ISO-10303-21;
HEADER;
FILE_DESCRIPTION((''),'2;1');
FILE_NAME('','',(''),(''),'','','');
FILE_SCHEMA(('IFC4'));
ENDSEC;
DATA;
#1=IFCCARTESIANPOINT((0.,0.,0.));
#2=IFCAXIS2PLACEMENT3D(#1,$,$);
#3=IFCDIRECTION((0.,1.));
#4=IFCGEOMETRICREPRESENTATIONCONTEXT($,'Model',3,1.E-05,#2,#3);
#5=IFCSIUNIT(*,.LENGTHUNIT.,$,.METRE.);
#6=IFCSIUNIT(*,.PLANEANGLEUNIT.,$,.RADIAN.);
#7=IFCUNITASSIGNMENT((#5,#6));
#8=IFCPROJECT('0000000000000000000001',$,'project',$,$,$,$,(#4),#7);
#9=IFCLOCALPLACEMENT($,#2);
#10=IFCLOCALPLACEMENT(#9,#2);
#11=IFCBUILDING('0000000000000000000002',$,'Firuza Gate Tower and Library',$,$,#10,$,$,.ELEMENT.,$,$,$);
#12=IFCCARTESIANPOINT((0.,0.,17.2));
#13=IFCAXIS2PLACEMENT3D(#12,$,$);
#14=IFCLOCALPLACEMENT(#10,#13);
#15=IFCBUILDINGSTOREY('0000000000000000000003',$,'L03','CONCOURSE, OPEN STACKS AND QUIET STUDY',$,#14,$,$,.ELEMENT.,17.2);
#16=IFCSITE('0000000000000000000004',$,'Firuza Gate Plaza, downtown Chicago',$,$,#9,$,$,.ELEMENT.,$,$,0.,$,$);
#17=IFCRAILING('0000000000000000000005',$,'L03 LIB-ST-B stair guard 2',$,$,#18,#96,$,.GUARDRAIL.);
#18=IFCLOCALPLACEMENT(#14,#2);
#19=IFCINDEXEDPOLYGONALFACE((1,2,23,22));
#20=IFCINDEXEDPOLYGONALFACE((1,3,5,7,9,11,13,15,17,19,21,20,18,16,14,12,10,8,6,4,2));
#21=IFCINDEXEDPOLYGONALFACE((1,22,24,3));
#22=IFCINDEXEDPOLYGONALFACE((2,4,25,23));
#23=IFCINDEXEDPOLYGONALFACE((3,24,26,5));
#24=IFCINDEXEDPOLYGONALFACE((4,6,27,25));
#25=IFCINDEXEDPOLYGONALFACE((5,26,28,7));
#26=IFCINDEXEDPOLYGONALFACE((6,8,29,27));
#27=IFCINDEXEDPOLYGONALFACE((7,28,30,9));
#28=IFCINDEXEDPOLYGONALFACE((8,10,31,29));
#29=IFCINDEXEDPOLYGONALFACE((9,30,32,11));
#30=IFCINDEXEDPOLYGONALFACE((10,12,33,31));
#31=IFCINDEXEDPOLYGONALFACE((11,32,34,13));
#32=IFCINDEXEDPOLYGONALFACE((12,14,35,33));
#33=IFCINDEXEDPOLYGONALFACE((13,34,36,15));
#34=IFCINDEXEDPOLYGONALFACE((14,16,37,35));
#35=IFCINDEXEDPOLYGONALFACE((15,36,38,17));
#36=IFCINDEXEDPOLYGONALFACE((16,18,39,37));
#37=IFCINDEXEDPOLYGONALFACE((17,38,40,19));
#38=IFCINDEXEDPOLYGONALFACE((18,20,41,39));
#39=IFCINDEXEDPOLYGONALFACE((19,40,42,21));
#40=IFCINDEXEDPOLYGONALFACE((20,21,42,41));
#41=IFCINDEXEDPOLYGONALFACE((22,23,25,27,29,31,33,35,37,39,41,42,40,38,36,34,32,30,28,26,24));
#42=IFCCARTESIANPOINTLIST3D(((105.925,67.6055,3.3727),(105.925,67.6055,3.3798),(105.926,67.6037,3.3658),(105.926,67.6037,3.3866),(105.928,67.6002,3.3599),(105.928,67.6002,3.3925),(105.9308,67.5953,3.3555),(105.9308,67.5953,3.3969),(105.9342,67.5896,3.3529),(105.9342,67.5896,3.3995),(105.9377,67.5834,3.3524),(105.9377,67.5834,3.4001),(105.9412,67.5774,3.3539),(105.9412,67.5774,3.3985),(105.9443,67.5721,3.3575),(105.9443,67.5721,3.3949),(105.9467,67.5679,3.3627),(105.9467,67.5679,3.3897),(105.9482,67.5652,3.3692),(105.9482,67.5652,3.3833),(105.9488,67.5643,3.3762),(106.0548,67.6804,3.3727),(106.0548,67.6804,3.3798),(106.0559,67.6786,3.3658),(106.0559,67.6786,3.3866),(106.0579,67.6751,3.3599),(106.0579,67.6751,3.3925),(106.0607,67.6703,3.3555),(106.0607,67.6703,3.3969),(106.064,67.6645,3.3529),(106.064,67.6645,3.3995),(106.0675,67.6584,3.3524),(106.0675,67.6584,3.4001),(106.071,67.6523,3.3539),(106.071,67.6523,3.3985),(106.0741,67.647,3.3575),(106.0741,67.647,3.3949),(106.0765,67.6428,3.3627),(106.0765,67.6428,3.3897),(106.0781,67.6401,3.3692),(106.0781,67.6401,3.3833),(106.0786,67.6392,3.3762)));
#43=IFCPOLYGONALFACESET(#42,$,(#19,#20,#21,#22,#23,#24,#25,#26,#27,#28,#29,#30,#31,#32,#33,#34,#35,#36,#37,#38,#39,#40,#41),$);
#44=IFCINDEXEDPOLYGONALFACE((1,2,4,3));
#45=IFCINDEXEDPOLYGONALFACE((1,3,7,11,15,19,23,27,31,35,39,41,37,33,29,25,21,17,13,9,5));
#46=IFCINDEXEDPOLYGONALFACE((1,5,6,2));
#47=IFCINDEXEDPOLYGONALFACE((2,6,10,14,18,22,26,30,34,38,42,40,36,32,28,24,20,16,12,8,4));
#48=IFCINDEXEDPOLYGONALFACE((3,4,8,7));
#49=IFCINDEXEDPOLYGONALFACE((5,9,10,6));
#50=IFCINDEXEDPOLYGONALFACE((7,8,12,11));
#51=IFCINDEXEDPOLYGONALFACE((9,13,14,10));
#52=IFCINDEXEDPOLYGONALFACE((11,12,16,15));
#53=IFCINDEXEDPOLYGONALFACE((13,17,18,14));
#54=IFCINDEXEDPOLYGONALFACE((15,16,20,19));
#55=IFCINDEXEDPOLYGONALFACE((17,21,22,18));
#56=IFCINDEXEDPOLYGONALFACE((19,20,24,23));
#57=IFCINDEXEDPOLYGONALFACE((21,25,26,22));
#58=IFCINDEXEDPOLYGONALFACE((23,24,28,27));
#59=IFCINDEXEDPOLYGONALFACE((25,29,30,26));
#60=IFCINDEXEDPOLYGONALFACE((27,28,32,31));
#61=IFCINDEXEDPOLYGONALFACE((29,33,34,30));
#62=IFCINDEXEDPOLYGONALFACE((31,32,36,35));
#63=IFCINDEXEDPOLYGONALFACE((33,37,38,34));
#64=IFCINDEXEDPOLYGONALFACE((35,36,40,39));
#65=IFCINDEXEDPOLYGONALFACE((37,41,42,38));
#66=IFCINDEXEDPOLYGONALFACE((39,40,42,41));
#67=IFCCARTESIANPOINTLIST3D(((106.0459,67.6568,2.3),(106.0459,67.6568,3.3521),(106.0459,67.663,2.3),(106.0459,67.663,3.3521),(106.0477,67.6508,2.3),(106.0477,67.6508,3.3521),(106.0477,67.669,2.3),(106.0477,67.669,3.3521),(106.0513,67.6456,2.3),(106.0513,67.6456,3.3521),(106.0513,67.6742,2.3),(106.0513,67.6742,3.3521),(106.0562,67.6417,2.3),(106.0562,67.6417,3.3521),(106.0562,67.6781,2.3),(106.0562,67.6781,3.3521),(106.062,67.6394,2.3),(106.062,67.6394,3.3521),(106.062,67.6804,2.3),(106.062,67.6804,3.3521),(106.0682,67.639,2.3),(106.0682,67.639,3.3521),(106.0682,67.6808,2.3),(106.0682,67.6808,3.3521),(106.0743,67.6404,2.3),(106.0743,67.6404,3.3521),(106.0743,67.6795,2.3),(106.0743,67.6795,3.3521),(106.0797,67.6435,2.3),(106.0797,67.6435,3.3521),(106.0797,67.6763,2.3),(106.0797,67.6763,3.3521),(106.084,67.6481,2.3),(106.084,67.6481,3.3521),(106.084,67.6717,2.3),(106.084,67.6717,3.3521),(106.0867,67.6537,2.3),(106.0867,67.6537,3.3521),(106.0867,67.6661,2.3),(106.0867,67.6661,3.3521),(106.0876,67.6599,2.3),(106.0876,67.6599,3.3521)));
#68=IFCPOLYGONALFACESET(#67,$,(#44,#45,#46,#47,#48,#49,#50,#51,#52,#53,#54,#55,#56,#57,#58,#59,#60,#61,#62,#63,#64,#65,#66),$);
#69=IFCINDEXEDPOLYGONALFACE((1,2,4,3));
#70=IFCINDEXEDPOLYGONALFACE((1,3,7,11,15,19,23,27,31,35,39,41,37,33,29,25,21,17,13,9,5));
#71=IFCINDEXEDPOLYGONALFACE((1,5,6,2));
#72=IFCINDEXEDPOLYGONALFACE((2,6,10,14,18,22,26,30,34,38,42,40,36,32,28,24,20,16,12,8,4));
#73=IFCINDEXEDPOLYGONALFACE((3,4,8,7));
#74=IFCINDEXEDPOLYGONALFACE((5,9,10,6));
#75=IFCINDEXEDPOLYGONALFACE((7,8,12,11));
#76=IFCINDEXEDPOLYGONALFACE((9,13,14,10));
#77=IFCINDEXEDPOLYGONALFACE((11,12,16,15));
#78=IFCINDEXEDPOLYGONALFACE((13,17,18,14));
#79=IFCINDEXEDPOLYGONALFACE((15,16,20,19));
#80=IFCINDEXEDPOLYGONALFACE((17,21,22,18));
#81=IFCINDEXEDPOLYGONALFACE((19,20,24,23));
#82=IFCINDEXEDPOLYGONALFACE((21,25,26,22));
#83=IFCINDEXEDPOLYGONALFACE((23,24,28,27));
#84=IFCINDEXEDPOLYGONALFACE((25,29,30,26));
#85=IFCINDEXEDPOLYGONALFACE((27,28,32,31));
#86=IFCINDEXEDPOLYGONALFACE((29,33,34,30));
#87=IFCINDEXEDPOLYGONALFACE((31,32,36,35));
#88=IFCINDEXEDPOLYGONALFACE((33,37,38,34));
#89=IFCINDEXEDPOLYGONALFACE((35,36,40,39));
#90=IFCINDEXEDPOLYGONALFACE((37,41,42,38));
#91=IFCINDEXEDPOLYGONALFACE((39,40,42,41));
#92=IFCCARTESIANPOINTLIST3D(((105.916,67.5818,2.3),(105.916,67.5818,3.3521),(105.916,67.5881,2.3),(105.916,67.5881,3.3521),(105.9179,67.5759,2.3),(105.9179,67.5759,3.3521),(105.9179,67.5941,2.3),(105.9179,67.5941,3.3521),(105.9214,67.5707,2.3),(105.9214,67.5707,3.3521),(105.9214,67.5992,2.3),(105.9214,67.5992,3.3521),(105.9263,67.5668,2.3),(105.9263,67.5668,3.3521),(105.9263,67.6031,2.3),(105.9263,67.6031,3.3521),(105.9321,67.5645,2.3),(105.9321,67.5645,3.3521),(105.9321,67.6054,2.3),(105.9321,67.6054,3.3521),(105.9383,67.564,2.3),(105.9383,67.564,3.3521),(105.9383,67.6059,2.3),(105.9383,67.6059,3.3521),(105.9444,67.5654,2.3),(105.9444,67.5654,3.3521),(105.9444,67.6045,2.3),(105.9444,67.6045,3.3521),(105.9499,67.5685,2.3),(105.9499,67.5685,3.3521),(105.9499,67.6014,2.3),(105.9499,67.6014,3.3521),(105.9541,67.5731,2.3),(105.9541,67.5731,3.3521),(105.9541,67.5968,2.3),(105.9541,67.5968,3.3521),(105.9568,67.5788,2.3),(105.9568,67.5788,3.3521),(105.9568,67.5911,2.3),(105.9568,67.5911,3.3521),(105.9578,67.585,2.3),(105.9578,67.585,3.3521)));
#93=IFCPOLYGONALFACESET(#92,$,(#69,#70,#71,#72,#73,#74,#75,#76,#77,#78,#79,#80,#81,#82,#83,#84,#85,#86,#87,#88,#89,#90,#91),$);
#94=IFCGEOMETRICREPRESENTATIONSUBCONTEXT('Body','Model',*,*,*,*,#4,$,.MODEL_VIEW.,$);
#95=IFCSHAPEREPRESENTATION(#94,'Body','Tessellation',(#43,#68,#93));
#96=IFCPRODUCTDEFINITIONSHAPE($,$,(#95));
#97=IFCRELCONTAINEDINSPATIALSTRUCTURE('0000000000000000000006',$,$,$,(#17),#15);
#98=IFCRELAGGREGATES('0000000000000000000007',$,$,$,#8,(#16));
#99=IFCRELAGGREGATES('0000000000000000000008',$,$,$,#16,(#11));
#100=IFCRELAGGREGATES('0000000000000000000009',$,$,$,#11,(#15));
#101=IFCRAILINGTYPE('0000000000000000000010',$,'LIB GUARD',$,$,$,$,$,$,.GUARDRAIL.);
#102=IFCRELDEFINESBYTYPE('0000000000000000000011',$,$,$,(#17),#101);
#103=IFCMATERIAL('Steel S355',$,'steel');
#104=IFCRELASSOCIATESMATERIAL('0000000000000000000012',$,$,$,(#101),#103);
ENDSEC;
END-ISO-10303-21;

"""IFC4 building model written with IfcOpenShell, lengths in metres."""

from ifc_helpers import new_model, si_unit, direction, frame, origin, origin_2d, place, context, subcontext, project, spatial, circle, extrude, material, type_object, element, save


model = new_model("IFC4")

# Units and contexts
model_context = context("Model", 3, precision=1e-05, world=origin(), true_north=direction((0.0, 1.0)))
body_context = subcontext(model_context, "Body", "Model", "MODEL_VIEW")
ifc_project = project(units=[si_unit("LENGTHUNIT", "METRE"), si_unit("PLANEANGLEUNIT", "RADIAN")], contexts=[model_context])

# Site, building, storey
site_placement = place(None, origin())
site = spatial("IfcSite", under=ifc_project, at=site_placement, Name="Firuza Gate Plaza, downtown Chicago", CompositionType="ELEMENT", RefElevation=0.0)
building_placement = place(site_placement, origin())
building = spatial("IfcBuilding", under=site, at=building_placement, Name="Firuza Gate Tower and Library", CompositionType="ELEMENT")
storey_placement = place(building_placement, frame((0.0, 0.0, 17.2)))
storey = spatial("IfcBuildingStorey", under=building, at=storey_placement, Name="L03", Description="CONCOURSE, OPEN STACKS AND QUIET STUDY", CompositionType="ELEMENT", Elevation=17.2)

# Railing
ifc_material_1 = material(Name="Steel S355", Category="steel")
railing_type_1 = type_object("IfcRailingType", Name="LIB GUARD", PredefinedType="GUARDRAIL", material=ifc_material_1)
railing_1_placement = place(storey_placement, frame((106.0667, 67.6599, 2.3)))
element("IfcRailing", 1, at=railing_1_placement, inside=storey, type_object=railing_type_1, Name="L03 LIB-ST-B stair guard 2", PredefinedType="GUARDRAIL", context=body_context, shape_type="SweptSolid", body=[
    extrude(circle(Radius=0.0239, at=origin_2d()), frame((0.0, 0.0, 1.0762), z_axis=(-0.866131, -0.499816, 0.0), x_axis=(0.499816, -0.866131, 0.0)), (0.0, 0.0, 1.0), 0.1499),
    extrude(circle(Radius=0.021, at=origin_2d()), origin(), (0.0, 0.0, 1.0), 1.052),
    extrude(circle(Radius=0.021, at=origin_2d()), frame((-0.1299, -0.075, 0.0)), (0.0, 0.0, 1.0), 1.052),
])

save(model, "model.ifc")
